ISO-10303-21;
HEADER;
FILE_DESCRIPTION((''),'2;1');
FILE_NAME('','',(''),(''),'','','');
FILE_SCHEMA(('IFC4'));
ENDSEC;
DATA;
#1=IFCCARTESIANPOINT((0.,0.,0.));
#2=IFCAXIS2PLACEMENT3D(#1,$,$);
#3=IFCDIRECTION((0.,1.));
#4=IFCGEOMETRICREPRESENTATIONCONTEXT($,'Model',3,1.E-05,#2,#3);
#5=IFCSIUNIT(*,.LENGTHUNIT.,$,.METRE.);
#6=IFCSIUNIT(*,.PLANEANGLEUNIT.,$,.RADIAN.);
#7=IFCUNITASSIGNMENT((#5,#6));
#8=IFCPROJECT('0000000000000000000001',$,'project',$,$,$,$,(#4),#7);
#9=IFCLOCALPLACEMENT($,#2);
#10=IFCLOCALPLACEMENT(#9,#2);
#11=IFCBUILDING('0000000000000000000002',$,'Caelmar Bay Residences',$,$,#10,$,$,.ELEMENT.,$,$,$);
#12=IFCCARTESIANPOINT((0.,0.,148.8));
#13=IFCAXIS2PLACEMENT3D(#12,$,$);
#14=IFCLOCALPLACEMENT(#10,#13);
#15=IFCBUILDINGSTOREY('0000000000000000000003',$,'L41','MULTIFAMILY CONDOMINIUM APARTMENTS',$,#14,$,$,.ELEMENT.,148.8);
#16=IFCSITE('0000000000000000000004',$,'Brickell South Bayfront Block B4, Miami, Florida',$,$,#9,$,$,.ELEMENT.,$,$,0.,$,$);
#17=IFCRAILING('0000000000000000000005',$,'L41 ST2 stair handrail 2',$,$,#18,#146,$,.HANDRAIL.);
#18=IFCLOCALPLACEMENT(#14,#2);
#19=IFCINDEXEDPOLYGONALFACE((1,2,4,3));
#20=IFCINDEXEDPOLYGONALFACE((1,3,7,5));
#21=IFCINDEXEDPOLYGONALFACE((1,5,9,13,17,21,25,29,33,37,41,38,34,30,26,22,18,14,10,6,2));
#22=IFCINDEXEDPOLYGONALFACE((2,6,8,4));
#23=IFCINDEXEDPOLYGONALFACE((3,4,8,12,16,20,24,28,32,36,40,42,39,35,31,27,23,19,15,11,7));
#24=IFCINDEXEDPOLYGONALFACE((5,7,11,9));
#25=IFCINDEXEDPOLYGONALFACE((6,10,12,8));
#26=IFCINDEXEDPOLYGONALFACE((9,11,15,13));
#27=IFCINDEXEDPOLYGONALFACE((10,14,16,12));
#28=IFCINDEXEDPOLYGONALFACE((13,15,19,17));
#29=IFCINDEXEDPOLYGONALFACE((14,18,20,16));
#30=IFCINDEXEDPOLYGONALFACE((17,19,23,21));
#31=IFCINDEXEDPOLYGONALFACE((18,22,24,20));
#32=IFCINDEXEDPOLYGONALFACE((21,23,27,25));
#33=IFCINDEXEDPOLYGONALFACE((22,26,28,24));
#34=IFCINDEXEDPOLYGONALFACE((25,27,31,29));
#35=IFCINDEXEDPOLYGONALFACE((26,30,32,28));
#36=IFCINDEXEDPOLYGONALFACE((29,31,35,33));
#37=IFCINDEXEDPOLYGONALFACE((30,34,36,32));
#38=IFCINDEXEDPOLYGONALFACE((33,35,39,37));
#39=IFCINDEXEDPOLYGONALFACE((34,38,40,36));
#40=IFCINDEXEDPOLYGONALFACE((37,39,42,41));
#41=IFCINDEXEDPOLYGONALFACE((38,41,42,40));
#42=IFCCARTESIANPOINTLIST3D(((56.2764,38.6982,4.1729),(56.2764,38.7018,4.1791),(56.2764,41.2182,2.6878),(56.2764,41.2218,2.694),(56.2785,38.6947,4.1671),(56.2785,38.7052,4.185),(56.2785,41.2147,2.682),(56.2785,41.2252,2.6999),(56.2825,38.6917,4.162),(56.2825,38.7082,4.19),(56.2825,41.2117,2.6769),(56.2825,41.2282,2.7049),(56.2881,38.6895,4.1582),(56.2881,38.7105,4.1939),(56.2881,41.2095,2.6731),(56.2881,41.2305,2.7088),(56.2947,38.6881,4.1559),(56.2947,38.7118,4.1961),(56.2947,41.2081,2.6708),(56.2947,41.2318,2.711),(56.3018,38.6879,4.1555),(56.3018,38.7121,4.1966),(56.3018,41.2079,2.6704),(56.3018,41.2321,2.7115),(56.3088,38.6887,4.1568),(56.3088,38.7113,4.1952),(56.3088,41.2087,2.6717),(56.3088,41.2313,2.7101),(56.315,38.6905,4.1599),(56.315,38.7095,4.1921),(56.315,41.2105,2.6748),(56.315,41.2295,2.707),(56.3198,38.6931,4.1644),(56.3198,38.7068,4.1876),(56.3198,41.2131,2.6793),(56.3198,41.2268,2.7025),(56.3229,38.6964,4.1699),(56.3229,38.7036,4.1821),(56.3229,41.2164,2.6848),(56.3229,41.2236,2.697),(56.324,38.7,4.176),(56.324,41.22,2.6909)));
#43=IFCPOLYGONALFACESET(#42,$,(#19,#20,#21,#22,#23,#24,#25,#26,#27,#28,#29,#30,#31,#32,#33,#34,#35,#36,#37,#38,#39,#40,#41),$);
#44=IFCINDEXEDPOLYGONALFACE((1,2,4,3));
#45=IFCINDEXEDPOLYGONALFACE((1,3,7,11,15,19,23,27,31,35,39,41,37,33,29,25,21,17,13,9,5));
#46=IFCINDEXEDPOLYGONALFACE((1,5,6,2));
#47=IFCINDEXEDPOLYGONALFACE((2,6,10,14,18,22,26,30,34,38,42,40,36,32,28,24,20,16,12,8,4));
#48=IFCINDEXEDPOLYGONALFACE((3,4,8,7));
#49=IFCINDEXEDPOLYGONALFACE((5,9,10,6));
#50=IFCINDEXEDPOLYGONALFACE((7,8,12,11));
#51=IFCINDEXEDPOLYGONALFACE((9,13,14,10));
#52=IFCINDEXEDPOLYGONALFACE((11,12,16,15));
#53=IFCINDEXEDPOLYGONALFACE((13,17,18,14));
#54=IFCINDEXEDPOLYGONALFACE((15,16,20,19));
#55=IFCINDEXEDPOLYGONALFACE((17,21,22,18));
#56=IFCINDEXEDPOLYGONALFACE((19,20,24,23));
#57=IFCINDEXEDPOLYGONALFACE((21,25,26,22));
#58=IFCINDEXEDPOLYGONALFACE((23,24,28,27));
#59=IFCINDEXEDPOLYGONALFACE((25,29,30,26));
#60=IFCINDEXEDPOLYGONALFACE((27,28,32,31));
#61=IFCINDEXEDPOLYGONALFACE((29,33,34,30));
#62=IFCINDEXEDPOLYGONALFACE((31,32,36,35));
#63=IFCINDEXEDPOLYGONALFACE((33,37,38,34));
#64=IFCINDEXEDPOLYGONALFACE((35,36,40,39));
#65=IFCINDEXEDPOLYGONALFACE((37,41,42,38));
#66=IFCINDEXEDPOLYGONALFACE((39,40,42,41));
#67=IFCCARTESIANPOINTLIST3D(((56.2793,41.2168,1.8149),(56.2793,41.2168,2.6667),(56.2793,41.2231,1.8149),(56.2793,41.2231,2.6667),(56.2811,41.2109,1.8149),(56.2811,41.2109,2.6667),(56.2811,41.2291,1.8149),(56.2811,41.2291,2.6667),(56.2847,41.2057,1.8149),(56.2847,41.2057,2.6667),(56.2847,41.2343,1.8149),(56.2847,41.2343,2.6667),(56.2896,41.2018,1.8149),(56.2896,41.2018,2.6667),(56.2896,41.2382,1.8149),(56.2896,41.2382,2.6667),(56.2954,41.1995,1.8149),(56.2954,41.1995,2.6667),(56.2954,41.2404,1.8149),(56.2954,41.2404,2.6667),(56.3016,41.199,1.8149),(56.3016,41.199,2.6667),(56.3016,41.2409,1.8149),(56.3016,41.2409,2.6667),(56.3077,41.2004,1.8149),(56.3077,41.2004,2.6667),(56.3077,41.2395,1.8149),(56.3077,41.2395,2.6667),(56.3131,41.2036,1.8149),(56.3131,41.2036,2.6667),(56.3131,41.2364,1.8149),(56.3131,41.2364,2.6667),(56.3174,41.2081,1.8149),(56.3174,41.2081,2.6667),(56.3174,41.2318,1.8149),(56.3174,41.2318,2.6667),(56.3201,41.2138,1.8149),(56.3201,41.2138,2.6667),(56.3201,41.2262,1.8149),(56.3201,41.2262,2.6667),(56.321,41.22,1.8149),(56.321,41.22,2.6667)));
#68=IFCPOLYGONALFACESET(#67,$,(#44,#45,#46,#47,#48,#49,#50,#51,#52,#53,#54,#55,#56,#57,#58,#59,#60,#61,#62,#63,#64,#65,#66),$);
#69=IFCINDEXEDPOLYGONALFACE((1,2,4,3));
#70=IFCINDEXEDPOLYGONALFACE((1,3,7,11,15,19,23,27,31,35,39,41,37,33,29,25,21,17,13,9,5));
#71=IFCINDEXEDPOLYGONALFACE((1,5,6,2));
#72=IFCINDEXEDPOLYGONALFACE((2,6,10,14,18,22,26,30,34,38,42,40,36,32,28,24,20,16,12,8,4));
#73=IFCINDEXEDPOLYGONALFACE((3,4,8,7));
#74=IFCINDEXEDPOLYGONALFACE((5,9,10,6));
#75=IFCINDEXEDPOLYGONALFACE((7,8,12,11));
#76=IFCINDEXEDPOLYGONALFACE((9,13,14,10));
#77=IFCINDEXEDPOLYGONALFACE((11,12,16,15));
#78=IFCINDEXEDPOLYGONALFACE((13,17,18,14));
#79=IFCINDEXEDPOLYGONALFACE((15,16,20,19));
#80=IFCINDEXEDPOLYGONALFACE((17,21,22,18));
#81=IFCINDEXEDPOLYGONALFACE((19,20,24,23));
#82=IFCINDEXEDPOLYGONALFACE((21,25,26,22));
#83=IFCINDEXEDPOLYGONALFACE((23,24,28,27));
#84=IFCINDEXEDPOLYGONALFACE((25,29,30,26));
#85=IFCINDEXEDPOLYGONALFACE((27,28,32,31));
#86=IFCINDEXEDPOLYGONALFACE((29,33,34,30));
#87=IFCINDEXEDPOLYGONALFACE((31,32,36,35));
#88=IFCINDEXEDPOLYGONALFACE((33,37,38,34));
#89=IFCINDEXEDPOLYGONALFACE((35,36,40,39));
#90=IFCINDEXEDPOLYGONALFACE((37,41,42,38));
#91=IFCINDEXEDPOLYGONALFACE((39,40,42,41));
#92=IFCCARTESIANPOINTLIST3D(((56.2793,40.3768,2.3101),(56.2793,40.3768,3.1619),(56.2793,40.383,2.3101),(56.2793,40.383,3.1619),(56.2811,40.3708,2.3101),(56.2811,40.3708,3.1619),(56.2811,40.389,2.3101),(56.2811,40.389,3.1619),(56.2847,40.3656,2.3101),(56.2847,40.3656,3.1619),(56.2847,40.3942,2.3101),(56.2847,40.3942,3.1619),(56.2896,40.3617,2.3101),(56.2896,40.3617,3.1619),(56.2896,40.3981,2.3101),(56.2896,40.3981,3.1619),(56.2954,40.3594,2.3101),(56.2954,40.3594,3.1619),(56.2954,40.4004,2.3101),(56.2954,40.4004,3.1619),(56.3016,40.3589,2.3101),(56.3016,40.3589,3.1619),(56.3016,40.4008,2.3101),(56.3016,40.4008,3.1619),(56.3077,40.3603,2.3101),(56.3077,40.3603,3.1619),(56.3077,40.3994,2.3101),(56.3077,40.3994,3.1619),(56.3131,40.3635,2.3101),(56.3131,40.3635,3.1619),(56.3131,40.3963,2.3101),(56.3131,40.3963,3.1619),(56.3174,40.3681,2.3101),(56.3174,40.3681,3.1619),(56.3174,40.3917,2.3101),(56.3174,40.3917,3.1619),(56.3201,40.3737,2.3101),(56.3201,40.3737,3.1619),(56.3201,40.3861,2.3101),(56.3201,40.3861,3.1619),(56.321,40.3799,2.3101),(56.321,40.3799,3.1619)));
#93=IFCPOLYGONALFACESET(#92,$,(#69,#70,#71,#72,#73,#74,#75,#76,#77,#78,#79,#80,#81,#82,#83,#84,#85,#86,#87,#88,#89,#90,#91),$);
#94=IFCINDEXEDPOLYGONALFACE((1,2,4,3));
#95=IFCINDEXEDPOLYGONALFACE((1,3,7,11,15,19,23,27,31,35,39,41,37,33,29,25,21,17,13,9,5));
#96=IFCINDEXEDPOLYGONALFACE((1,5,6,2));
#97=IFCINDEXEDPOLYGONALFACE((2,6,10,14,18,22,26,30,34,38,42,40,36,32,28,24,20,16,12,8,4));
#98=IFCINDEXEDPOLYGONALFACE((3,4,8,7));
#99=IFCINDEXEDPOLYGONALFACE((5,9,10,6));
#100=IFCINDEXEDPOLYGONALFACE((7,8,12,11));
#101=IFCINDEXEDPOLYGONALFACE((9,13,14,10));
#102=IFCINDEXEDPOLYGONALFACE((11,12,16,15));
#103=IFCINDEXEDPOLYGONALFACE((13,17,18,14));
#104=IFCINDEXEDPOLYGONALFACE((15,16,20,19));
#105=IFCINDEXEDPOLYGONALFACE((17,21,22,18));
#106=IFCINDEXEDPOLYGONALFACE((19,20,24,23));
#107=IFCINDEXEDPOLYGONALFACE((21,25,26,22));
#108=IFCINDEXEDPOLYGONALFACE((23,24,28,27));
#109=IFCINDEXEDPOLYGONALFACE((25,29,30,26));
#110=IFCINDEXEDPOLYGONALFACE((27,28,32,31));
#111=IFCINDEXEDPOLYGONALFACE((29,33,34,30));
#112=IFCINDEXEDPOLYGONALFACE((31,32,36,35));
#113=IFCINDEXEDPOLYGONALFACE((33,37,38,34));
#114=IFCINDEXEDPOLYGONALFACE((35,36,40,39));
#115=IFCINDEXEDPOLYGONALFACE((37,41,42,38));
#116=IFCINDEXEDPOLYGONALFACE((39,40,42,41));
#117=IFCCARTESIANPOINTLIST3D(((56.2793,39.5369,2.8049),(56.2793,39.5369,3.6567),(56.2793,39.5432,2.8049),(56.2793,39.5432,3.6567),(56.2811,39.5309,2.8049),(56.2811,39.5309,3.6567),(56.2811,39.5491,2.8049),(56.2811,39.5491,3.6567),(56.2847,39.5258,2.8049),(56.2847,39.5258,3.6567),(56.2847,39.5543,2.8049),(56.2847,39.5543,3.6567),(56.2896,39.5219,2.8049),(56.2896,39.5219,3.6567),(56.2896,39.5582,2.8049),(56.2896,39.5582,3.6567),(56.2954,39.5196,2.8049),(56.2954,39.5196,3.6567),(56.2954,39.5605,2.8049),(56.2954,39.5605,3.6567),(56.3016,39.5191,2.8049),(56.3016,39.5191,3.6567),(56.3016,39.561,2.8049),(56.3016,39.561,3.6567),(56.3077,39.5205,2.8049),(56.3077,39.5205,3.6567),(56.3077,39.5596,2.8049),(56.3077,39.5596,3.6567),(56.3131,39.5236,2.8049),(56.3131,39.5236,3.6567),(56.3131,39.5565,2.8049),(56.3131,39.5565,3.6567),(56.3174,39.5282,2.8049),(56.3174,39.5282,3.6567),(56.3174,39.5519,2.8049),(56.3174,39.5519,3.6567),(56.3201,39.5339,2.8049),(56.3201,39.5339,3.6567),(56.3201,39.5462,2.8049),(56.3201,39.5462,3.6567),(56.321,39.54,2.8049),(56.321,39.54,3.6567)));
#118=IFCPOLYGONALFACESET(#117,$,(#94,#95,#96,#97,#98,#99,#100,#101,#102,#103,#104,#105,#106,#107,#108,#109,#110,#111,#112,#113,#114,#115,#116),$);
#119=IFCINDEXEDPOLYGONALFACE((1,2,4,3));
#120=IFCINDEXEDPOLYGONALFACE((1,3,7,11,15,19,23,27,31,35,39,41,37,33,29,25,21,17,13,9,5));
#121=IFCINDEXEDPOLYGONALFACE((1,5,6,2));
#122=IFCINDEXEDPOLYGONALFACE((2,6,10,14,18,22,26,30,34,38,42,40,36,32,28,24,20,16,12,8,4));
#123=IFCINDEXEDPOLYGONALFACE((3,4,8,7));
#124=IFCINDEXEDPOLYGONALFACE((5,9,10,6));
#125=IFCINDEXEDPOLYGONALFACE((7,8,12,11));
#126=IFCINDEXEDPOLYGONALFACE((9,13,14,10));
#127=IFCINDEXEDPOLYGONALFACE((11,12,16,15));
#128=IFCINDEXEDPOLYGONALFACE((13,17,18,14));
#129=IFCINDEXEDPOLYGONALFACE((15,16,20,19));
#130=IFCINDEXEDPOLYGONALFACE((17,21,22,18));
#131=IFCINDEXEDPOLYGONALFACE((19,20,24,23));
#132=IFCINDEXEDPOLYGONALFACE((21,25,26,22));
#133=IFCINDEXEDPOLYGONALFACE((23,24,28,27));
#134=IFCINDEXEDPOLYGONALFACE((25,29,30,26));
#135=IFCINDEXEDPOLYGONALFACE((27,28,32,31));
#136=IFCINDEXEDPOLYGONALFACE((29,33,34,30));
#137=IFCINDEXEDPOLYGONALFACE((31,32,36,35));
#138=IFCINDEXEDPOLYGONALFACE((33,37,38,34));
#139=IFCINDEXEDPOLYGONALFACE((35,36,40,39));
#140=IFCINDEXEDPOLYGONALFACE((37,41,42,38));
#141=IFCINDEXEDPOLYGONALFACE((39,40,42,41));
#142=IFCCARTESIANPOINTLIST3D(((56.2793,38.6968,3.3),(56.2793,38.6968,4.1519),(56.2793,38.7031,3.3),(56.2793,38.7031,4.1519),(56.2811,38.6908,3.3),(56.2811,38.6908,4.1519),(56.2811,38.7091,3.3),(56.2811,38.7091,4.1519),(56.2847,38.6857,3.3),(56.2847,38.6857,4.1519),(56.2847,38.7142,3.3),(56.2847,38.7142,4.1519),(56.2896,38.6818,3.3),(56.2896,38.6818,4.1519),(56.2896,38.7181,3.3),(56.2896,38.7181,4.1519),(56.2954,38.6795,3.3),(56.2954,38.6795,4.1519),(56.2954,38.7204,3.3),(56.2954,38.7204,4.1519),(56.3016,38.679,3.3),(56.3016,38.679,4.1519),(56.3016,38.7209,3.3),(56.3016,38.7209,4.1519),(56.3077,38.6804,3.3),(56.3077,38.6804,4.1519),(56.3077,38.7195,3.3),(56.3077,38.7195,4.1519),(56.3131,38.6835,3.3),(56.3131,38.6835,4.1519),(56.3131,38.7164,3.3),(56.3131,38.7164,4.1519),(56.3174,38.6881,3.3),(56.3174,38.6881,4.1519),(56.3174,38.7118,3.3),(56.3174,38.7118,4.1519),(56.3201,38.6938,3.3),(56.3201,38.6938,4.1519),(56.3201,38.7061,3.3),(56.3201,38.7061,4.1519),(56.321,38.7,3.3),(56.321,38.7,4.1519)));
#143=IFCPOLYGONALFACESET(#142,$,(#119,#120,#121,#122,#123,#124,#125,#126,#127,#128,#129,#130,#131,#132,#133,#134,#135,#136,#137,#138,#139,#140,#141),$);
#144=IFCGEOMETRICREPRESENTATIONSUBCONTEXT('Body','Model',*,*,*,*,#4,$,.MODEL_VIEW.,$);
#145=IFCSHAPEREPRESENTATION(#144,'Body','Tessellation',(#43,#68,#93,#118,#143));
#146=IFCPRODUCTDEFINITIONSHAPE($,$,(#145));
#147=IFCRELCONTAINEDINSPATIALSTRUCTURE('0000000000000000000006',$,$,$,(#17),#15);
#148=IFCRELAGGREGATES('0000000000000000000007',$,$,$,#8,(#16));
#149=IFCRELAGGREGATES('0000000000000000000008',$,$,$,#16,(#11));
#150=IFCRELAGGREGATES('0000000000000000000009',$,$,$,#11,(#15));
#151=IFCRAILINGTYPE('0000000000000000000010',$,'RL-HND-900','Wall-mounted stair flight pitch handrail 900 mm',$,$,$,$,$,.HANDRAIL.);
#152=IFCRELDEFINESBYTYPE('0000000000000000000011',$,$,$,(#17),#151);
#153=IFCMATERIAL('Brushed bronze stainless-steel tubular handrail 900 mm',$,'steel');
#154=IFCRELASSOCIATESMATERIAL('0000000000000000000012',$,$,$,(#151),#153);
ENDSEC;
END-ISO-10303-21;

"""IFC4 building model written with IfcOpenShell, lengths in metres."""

from ifc_helpers import new_model, si_unit, direction, frame, origin, origin_2d, place, context, subcontext, project, spatial, circle, extrude, material, type_object, element, save


model = new_model("IFC4")

# Units and contexts
model_context = context("Model", 3, precision=1e-05, world=origin(), true_north=direction((0.0, 1.0)))
body_context = subcontext(model_context, "Body", "Model", "MODEL_VIEW")
ifc_project = project(units=[si_unit("LENGTHUNIT", "METRE"), si_unit("PLANEANGLEUNIT", "RADIAN")], contexts=[model_context])

# Site, building, storey
site_placement = place(None, origin())
site = spatial("IfcSite", under=ifc_project, at=site_placement, Name="Brickell South Bayfront Block B4, Miami, Florida", CompositionType="ELEMENT", RefElevation=0.0)
building_placement = place(site_placement, origin())
building = spatial("IfcBuilding", under=site, at=building_placement, Name="Caelmar Bay Residences", CompositionType="ELEMENT")
storey_placement = place(building_placement, frame((0.0, 0.0, 148.8)))
storey = spatial("IfcBuildingStorey", under=building, at=storey_placement, Name="L41", Description="MULTIFAMILY CONDOMINIUM APARTMENTS", CompositionType="ELEMENT", Elevation=148.8)

# Railing
ifc_material_1 = material(Name="Brushed bronze stainless-steel tubular handrail 900 mm", Category="steel")
railing_type_1 = type_object("IfcRailingType", Name="RL-HND-900", Description="Wall-mounted stair flight pitch handrail 900 mm", PredefinedType="HANDRAIL", material=ifc_material_1)
railing_1_placement = place(storey_placement, frame((56.3, 41.22, 1.8149)))
element("IfcRailing", 1, at=railing_1_placement, inside=storey, type_object=railing_type_1, Name="L41 ST2 stair handrail 2", PredefinedType="HANDRAIL", context=body_context, shape_type="SweptSolid", body=[
    extrude(circle(Radius=0.0239, at=origin_2d()), frame((0.0, 0.0, 0.876), z_axis=(0.0, -0.861524, 0.507717), x_axis=(1.0, 0.0, 0.0)), (0.0, 0.0, 1.0), 2.925),
    extrude(circle(Radius=0.021, at=origin_2d()), origin(), (0.0, 0.0, 1.0), 0.8518),
    extrude(circle(Radius=0.021, at=origin_2d()), frame((0.0, -0.8401, 0.4951)), (0.0, 0.0, 1.0), 0.8518),
    extrude(circle(Radius=0.021, at=origin_2d()), frame((0.0, -1.6799, 0.99)), (0.0, 0.0, 1.0), 0.8518),
    extrude(circle(Radius=0.021, at=origin_2d()), frame((0.0, -2.52, 1.4851)), (0.0, 0.0, 1.0), 0.8518),
])

save(model, "model.ifc")
